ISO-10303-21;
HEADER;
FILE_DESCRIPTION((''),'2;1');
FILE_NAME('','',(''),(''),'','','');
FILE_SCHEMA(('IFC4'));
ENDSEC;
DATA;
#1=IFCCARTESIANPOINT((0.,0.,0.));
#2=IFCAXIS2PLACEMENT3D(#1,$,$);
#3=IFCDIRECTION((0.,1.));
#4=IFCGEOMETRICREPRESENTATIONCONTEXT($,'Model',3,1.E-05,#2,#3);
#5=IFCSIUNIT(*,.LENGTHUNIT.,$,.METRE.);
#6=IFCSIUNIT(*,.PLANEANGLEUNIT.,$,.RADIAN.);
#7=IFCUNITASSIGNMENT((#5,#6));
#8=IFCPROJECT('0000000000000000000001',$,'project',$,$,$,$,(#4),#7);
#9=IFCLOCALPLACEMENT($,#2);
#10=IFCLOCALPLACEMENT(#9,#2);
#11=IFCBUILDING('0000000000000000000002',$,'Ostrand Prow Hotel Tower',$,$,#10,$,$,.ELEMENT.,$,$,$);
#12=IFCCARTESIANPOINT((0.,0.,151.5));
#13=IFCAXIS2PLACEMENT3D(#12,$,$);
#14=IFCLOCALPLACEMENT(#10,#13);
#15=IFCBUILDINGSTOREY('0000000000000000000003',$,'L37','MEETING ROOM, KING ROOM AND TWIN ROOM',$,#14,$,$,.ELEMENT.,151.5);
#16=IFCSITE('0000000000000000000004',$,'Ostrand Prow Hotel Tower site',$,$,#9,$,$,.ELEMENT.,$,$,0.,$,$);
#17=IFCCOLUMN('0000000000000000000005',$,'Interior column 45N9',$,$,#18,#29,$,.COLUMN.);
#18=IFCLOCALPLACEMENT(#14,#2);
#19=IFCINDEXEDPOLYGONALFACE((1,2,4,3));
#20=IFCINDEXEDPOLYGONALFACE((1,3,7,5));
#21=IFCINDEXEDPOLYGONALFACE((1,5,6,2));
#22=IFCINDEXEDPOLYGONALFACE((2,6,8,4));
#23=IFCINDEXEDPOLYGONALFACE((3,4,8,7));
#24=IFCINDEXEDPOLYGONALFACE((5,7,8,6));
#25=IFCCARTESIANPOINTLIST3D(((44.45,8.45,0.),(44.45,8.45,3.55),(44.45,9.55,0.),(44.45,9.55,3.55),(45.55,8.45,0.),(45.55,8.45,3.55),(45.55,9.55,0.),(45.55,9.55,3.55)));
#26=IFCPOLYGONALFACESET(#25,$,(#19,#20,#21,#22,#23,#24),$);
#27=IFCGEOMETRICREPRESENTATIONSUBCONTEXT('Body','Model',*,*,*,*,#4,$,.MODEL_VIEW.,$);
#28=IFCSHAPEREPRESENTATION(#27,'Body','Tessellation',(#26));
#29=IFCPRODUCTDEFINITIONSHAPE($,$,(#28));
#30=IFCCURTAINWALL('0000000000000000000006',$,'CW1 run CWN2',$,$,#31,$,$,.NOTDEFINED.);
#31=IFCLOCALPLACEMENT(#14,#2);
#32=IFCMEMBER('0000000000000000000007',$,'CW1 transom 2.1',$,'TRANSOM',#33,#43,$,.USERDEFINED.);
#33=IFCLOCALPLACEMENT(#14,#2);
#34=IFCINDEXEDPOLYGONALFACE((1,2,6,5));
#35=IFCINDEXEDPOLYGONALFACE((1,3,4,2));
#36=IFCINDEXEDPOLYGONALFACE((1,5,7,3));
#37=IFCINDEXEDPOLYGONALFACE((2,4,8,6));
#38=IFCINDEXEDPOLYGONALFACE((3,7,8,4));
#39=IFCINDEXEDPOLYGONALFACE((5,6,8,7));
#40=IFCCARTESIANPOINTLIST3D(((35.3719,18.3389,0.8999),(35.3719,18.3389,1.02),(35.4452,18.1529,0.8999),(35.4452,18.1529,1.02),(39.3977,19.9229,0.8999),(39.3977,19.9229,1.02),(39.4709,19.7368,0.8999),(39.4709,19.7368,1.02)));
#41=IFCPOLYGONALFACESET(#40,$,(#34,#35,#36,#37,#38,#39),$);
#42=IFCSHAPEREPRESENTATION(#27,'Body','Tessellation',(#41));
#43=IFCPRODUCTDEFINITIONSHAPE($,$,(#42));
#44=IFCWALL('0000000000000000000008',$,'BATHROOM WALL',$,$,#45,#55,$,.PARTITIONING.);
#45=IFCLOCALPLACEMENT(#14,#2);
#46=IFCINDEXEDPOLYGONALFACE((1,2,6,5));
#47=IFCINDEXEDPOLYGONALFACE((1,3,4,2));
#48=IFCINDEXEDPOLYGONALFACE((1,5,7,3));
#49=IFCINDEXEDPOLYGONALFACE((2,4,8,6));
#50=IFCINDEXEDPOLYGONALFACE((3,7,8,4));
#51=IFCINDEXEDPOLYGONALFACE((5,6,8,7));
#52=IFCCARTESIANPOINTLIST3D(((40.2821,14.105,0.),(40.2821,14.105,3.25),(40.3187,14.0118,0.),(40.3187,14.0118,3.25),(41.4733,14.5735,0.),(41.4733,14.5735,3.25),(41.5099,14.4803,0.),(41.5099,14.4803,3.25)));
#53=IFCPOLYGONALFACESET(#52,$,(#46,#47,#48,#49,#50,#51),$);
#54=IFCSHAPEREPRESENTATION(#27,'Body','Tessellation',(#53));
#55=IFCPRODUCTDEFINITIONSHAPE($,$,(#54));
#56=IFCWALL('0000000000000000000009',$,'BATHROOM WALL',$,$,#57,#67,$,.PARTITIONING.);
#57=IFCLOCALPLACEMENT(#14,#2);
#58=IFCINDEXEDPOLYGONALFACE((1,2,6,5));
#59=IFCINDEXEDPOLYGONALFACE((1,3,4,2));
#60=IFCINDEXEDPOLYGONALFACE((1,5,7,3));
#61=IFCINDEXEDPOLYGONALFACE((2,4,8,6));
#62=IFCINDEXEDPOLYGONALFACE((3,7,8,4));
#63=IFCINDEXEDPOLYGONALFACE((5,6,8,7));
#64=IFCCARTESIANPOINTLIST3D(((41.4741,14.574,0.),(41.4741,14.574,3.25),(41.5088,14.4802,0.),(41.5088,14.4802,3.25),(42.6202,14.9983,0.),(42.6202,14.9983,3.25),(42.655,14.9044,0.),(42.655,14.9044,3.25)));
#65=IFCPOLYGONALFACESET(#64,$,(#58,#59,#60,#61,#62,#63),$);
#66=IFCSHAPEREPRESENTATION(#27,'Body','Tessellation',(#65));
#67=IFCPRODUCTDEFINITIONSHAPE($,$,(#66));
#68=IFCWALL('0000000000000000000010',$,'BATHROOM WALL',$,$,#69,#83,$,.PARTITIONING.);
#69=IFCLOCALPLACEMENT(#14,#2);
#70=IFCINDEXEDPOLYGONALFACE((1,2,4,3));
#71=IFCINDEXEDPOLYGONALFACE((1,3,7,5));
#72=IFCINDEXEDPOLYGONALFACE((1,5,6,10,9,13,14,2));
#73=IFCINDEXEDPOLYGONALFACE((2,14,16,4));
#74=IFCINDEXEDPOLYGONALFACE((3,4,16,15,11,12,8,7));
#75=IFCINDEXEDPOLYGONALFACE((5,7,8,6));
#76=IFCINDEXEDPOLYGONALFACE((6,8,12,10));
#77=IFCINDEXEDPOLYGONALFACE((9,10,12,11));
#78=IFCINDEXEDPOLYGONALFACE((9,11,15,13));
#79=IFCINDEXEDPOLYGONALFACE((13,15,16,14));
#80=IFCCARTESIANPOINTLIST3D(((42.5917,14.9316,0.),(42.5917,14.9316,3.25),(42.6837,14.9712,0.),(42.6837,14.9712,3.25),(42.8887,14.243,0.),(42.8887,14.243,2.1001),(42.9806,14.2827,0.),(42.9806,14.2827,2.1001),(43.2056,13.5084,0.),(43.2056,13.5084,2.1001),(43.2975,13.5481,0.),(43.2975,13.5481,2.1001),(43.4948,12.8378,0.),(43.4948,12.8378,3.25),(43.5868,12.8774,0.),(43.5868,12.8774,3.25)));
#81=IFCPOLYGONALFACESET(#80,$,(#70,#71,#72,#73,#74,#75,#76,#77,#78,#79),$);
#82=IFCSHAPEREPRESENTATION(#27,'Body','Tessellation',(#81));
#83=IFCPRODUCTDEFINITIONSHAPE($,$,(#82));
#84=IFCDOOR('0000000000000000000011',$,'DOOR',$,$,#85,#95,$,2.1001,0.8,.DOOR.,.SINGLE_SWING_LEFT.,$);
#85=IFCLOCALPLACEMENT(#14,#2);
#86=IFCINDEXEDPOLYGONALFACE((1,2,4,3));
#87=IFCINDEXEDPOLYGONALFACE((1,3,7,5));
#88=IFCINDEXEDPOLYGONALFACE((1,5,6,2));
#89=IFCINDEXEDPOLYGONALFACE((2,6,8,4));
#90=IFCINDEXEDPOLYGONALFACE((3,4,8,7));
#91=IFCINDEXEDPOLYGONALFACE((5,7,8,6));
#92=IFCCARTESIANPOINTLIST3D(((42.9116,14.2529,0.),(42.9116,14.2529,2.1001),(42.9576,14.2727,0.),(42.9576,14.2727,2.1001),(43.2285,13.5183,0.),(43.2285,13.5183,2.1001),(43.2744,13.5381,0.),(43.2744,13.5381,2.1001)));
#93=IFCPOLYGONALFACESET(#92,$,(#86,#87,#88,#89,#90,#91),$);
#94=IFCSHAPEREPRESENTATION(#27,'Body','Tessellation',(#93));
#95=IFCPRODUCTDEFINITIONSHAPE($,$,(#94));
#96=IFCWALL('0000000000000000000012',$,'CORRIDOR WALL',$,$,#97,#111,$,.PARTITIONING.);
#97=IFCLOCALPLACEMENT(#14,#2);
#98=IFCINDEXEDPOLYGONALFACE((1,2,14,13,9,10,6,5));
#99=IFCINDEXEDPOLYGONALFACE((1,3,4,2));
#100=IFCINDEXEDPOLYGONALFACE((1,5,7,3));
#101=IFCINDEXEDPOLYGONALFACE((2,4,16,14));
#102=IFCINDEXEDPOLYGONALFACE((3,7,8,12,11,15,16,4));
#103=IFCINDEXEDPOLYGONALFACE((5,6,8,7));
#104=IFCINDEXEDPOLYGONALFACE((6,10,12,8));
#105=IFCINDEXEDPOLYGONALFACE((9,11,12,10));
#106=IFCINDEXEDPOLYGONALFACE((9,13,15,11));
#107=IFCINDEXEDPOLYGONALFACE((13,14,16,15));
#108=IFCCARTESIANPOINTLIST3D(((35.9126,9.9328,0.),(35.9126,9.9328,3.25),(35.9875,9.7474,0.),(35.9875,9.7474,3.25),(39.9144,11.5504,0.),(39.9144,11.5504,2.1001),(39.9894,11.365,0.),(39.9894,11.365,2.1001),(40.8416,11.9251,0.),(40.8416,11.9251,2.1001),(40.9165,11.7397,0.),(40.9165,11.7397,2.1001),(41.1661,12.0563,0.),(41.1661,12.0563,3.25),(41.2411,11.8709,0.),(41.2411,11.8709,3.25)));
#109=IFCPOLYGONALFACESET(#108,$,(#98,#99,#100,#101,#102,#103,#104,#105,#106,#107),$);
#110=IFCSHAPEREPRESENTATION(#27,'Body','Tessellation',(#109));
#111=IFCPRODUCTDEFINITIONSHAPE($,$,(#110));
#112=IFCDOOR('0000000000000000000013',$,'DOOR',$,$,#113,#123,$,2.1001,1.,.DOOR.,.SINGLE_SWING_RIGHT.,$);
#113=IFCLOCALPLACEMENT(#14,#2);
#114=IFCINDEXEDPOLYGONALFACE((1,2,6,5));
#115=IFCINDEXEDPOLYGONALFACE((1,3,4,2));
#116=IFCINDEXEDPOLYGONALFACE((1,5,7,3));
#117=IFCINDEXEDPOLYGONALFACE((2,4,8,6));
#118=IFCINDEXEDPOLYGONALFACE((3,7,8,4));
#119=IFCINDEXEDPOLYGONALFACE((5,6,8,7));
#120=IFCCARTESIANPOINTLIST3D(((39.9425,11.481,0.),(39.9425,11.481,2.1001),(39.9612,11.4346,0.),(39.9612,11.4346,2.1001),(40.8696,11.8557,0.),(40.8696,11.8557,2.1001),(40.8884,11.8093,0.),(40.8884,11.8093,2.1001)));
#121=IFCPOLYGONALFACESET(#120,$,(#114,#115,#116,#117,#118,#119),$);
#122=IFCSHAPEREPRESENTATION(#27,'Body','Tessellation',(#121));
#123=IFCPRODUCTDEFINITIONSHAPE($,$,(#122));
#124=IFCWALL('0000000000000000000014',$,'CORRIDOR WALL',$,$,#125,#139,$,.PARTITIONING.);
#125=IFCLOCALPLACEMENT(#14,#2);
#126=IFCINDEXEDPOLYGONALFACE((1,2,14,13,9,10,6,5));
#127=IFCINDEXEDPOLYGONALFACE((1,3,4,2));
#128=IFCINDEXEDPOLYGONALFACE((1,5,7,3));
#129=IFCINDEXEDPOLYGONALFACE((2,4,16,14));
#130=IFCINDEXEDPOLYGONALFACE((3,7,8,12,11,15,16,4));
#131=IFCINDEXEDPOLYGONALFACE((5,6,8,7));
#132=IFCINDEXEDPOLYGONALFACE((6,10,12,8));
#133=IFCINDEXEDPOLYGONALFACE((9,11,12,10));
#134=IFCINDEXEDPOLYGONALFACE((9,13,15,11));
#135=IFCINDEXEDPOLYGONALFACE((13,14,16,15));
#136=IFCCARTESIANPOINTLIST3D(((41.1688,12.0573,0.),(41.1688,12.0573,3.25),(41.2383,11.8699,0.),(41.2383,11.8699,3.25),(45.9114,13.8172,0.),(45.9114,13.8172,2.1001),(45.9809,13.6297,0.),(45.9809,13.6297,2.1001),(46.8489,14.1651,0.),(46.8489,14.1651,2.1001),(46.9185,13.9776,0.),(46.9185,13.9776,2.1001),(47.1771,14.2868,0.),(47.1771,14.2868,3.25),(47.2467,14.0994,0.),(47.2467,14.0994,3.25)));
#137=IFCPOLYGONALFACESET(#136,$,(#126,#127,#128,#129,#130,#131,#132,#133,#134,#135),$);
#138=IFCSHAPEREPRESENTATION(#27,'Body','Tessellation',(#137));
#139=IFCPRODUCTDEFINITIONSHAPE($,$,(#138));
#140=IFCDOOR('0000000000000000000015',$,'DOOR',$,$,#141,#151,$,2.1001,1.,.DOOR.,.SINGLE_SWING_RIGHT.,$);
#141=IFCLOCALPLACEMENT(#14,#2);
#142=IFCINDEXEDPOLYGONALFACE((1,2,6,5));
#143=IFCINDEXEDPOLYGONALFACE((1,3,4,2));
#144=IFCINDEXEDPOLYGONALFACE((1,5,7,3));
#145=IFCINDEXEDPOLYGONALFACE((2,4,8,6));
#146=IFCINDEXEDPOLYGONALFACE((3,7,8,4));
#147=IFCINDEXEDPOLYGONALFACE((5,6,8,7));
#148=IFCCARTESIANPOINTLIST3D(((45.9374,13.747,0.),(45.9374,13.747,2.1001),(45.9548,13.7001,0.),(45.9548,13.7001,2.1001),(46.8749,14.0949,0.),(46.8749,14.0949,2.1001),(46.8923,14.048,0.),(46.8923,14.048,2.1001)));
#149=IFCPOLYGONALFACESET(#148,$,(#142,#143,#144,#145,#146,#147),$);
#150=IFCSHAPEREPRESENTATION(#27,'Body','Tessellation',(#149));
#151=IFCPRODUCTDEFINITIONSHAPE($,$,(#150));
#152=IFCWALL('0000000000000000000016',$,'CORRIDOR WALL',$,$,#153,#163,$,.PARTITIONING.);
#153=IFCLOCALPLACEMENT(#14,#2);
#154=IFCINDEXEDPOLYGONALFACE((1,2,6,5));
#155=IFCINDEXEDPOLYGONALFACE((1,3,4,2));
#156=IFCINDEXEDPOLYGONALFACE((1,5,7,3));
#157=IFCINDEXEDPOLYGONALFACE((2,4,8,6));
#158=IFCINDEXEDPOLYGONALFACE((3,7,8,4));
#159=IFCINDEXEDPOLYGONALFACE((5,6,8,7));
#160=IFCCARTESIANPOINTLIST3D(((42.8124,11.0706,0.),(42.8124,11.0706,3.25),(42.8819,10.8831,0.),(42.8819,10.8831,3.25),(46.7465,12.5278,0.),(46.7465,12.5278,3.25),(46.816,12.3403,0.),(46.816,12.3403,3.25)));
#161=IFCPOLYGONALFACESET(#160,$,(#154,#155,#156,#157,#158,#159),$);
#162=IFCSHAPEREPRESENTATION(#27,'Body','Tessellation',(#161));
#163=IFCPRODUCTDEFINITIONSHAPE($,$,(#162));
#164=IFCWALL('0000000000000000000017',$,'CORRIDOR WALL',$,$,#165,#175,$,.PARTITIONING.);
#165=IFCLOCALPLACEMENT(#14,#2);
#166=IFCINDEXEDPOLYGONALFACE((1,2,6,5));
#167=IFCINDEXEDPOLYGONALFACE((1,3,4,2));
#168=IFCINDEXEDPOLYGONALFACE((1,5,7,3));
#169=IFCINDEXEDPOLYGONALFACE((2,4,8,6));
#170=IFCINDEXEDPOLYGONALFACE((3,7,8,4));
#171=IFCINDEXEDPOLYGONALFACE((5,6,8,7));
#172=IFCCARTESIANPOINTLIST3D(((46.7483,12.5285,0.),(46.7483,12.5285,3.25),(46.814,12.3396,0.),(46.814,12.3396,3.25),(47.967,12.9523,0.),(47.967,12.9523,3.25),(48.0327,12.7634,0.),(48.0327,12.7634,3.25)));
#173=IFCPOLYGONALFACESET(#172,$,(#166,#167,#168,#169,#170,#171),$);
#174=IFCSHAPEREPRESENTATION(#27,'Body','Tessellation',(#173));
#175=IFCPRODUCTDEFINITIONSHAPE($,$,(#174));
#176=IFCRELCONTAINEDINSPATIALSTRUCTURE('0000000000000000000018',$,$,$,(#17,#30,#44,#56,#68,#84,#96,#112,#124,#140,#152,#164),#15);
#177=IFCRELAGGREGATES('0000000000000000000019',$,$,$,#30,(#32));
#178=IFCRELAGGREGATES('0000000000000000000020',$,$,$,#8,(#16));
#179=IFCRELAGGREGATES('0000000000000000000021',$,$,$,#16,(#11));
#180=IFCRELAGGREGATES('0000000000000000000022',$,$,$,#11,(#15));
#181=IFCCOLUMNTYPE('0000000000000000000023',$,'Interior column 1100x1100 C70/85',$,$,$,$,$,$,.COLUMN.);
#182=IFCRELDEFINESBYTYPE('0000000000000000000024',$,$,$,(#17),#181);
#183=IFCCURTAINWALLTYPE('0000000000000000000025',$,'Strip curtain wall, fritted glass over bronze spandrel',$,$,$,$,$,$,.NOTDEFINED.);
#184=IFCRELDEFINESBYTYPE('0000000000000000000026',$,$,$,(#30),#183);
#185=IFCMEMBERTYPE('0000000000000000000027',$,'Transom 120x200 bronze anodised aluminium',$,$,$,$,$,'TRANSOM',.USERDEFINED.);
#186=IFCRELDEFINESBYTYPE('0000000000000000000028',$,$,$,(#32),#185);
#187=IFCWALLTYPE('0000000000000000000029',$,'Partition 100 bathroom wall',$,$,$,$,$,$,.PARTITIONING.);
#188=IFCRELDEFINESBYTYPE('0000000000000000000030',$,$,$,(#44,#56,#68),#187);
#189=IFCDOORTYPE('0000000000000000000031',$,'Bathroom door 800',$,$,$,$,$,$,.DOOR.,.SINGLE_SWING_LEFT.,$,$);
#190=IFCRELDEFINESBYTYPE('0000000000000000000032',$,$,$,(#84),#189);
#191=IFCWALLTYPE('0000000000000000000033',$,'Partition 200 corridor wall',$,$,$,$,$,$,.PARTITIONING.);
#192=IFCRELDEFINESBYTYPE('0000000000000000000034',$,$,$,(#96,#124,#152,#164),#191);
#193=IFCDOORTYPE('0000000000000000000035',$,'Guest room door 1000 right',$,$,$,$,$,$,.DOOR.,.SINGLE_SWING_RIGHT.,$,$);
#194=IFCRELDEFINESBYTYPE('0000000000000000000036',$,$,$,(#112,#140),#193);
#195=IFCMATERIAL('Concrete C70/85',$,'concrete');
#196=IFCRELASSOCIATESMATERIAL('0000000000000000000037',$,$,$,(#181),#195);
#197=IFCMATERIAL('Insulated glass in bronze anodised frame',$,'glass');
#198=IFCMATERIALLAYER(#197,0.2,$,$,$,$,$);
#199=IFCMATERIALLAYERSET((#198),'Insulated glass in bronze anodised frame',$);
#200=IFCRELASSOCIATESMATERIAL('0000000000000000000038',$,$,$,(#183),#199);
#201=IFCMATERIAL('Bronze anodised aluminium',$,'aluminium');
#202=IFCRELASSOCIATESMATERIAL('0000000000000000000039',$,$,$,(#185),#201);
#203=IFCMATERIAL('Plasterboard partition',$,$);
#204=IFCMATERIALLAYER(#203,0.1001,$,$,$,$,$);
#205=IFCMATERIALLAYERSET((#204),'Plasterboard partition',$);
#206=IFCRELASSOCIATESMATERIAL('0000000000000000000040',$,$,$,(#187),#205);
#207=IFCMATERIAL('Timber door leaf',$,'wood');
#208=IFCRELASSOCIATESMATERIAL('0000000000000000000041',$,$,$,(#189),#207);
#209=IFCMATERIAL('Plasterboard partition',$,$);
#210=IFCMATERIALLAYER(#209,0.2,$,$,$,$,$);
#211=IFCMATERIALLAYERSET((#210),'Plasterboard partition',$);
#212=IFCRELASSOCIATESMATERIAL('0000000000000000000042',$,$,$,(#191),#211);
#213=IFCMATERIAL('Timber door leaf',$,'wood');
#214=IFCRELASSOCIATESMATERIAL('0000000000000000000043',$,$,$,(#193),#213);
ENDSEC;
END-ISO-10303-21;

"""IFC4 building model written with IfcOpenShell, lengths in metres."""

from ifc_helpers import new_model, si_unit, direction, frame, frame_2d, origin, origin_2d, place, context, subcontext, project, spatial, rectangle, extrude, material, layer, layer_set, material_profile, profile_set, type_object, element, fill, aggregate, save


model = new_model("IFC4")

# Units and contexts
model_context = context("Model", 3, precision=1e-05, world=origin(), true_north=direction((0.0, 1.0)))
body_context = subcontext(model_context, "Body", "Model", "MODEL_VIEW")
ifc_project = project(units=[si_unit("LENGTHUNIT", "METRE"), si_unit("PLANEANGLEUNIT", "RADIAN")], contexts=[model_context])

# Site, building, storey
site_placement = place(None, origin())
site = spatial("IfcSite", under=ifc_project, at=site_placement, Name="Ostrand Prow Hotel Tower site", CompositionType="ELEMENT", RefElevation=0.0)
building_placement = place(site_placement, origin())
building = spatial("IfcBuilding", under=site, at=building_placement, Name="Ostrand Prow Hotel Tower", CompositionType="ELEMENT")
storey_placement = place(building_placement, frame((0.0, 0.0, 151.5)))
storey = spatial("IfcBuildingStorey", under=building, at=storey_placement, Name="L37", Description="MEETING ROOM, KING ROOM AND TWIN ROOM", CompositionType="ELEMENT", Elevation=151.5)

# Column
ifc_material_1 = material(Name="Concrete C70/85", Category="concrete")
ifc_material_profile_1 = material_profile(ifc_material_1, rectangle(XDim=1.1001, YDim=1.1001, at=origin_2d()), Name="RC 1100x1100")
ifc_profile_set_1 = profile_set([ifc_material_profile_1], Name="Concrete C70/85")
column_type = type_object("IfcColumnType", Name="Interior column 1100x1100 C70/85", PredefinedType="COLUMN", material=ifc_profile_set_1)
column_placement = place(storey_placement, frame((45.0, 9.0, 0.0), z_axis=(0.0, 0.0, 1.0), x_axis=(1.0, 0.0, 0.0)))
element("IfcColumn", 1, at=column_placement, inside=storey, type_object=column_type, Name="Interior column 45N9", PredefinedType="COLUMN", context=body_context, shape_type="SweptSolid", body=[
    extrude(rectangle(XDim=1.1001, YDim=1.1001, at=origin_2d()), origin(), (0.0, 0.0, 1.0), 3.55),
])

# Curtain wall, member
ifc_material_2 = material(Name="Insulated glass in bronze anodised frame", Category="glass")
ifc_layer_1 = layer(ifc_material_2, 0.2)
ifc_layer_set_1 = layer_set([ifc_layer_1], Name="Insulated glass in bronze anodised frame")
curtain_wall_type = type_object("IfcCurtainWallType", Name="Strip curtain wall, fritted glass over bronze spandrel", PredefinedType="NOTDEFINED", material=ifc_layer_set_1)
curtain_wall_placement = place(storey_placement, origin())
curtain_wall = element("IfcCurtainWall", 2, at=curtain_wall_placement, inside=storey, type_object=curtain_wall_type, Name="CW1 run CWN2", PredefinedType="NOTDEFINED")
ifc_material_3 = material(Name="Bronze anodised aluminium", Category="aluminium")
ifc_material_profile_2 = material_profile(ifc_material_3, rectangle(XDim=0.2, YDim=0.1201, at=origin_2d()), Name="Transom 120x200 bronze anodised aluminium")
ifc_profile_set_2 = profile_set([ifc_material_profile_2], Name="Bronze anodised aluminium")
member_type = type_object("IfcMemberType", Name="Transom 120x200 bronze anodised aluminium", ElementType="TRANSOM", PredefinedType="USERDEFINED", material=ifc_profile_set_2)
member_placement = place(storey_placement, frame((39.4343, 19.8298, 0.96), z_axis=(-0.930563, -0.366131, 0.0), x_axis=(0.366131, -0.930563, 0.0)))
member = element("IfcMember", 3, at=member_placement, type_object=member_type, Name="CW1 transom 2.1", ObjectType="TRANSOM", PredefinedType="USERDEFINED", context=body_context, shape_type="SweptSolid", body=[
    extrude(rectangle(XDim=0.2, YDim=0.1201, at=origin_2d()), origin(), (0.0, 0.0, 1.0), 4.3262),
])
aggregate(curtain_wall, [member])

# Walls
ifc_material_4 = material(Name="Plasterboard partition")
ifc_layer_2 = layer(ifc_material_4, 0.1001)
ifc_layer_set_2 = layer_set([ifc_layer_2], Name="Plasterboard partition")
wall_type_1 = type_object("IfcWallType", Name="Partition 100 bathroom wall", PredefinedType="PARTITIONING", material=ifc_layer_set_2)
wall_1_placement = place(storey_placement, frame((40.3003, 14.0583, 0.0), z_axis=(0.0, 0.0, 1.0), x_axis=(0.930605, 0.366024, 0.0)))
element("IfcWall", 4, at=wall_1_placement, inside=storey, type_object=wall_type_1, Name="BATHROOM WALL", PredefinedType="PARTITIONING", context=body_context, shape_type="SweptSolid", body=[
    extrude(rectangle(XDim=1.28, YDim=0.1001, at=frame_2d((0.6401, 0.0))), origin(), (0.0, 0.0, 1.0), 3.25),
])
wall_2_placement = place(storey_placement, frame((41.4915, 14.5271, 0.0), z_axis=(0.0, 0.0, 1.0), x_axis=(0.937807, 0.347158, 0.0)))
element("IfcWall", 5, at=wall_2_placement, inside=storey, type_object=wall_type_1, Name="BATHROOM WALL", PredefinedType="PARTITIONING", context=body_context, shape_type="SweptSolid", body=[
    extrude(rectangle(XDim=1.2222, YDim=0.1001, at=frame_2d((0.6111, 0.0))), origin(), (0.0, 0.0, 1.0), 3.25),
])

# Walls, openings, doors
wall_3_placement = place(storey_placement, frame((42.6377, 14.9514, 0.0), z_axis=(0.0, 0.0, 1.0), x_axis=(0.39605, -0.918229, 0.0)))
wall_3 = element("IfcWall", 6, at=wall_3_placement, inside=storey, type_object=wall_type_1, Name="BATHROOM WALL", PredefinedType="PARTITIONING", context=body_context, shape_type="SweptSolid", body=[
    extrude(rectangle(XDim=2.2803, YDim=0.1001, at=frame_2d((1.1401, 0.0))), origin(), (0.0, 0.0, 1.0), 3.25),
])
opening_1_placement = place(wall_3_placement, frame((0.75, 0.0, 0.0)))
opening_1 = element("IfcOpeningElement", 7, at=opening_1_placement, cuts=wall_3, PredefinedType="OPENING", context=body_context, shape_type="SweptSolid", body=[
    extrude(rectangle(XDim=0.8, YDim=2.1001, at=frame_2d((0.3999, 1.05))), frame((0.0, 0.0601, 0.0), z_axis=(0.0, -1.0, 0.0), x_axis=(1.0, 0.0, 0.0)), (0.0, 0.0, 1.0), 0.1201),
])
ifc_material_5 = material(Name="Timber door leaf", Category="wood")
door_type_1 = type_object("IfcDoorType", Name="Bathroom door 800", OperationType="SINGLE_SWING_LEFT", PredefinedType="DOOR", material=ifc_material_5)
door_1_placement = place(opening_1_placement, origin())
door_1 = element("IfcDoor", 8, at=door_1_placement, inside=storey, type_object=door_type_1, Name="DOOR", OperationType="SINGLE_SWING_LEFT", OverallHeight=2.1001, OverallWidth=0.8, PredefinedType="DOOR", context=body_context, shape_type="SweptSolid", body=[
    extrude(rectangle(XDim=0.8, YDim=2.1001, at=frame_2d((0.3999, 1.05))), frame((0.0, 0.0249, 0.0), z_axis=(0.0, -1.0, 0.0), x_axis=(1.0, 0.0, 0.0)), (0.0, 0.0, 1.0), 0.05),
])
fill(opening_1, door_1)
ifc_material_6 = material(Name="Plasterboard partition")
ifc_layer_3 = layer(ifc_material_6, 0.2)
ifc_layer_set_3 = layer_set([ifc_layer_3], Name="Plasterboard partition")
wall_type_2 = type_object("IfcWallType", Name="Partition 200 corridor wall", PredefinedType="PARTITIONING", material=ifc_layer_set_3)
wall_4_placement = place(storey_placement, frame((41.2036, 11.9636, 0.0), z_axis=(0.0, 0.0, 1.0), x_axis=(-0.927128, -0.374746, 0.0)))
wall_4 = element("IfcWall", 9, at=wall_4_placement, inside=storey, type_object=wall_type_2, Name="CORRIDOR WALL", PredefinedType="PARTITIONING", context=body_context, shape_type="SweptSolid", body=[
    extrude(rectangle(XDim=5.6665, YDim=0.2, at=frame_2d((2.8333, 0.0))), origin(), (0.0, 0.0, 1.0), 3.25),
])
opening_2_placement = place(wall_4_placement, frame((0.3501, 0.0, 0.0)))
opening_2 = element("IfcOpeningElement", 10, at=opening_2_placement, cuts=wall_4, PredefinedType="OPENING", context=body_context, shape_type="SweptSolid", body=[
    extrude(rectangle(XDim=1.0, YDim=2.1001, at=frame_2d((0.5, 1.05))), frame((0.0, 0.1099, 0.0), z_axis=(0.0, -1.0, 0.0), x_axis=(1.0, 0.0, 0.0)), (0.0, 0.0, 1.0), 0.22),
])
ifc_material_7 = material(Name="Timber door leaf", Category="wood")
door_type_2 = type_object("IfcDoorType", Name="Guest room door 1000 right", OperationType="SINGLE_SWING_RIGHT", PredefinedType="DOOR", material=ifc_material_7)
door_2_placement = place(opening_2_placement, origin())
door_2 = element("IfcDoor", 11, at=door_2_placement, inside=storey, type_object=door_type_2, Name="DOOR", OperationType="SINGLE_SWING_RIGHT", OverallHeight=2.1001, OverallWidth=1.0, PredefinedType="DOOR", context=body_context, shape_type="SweptSolid", body=[
    extrude(rectangle(XDim=1.0, YDim=2.1001, at=frame_2d((0.5, 1.05))), frame((0.0, 0.0249, 0.0), z_axis=(0.0, -1.0, 0.0), x_axis=(1.0, 0.0, 0.0)), (0.0, 0.0, 1.0), 0.05),
])
fill(opening_2, door_2)
wall_5_placement = place(storey_placement, frame((47.2119, 14.1931, 0.0), z_axis=(0.0, 0.0, 1.0), x_axis=(-0.937535, -0.34789, 0.0)))
wall_5 = element("IfcWall", 12, at=wall_5_placement, inside=storey, type_object=wall_type_2, Name="CORRIDOR WALL", PredefinedType="PARTITIONING", context=body_context, shape_type="SweptSolid", body=[
    extrude(rectangle(XDim=6.4087, YDim=0.2, at=frame_2d((3.2043, 0.0))), origin(), (0.0, 0.0, 1.0), 3.25),
])
opening_3_placement = place(wall_5_placement, frame((0.3501, 0.0, 0.0)))
opening_3 = element("IfcOpeningElement", 13, at=opening_3_placement, cuts=wall_5, PredefinedType="OPENING", context=body_context, shape_type="SweptSolid", body=[
    extrude(rectangle(XDim=1.0, YDim=2.1001, at=frame_2d((0.5, 1.05))), frame((0.0, 0.1099, 0.0), z_axis=(0.0, -1.0, 0.0), x_axis=(1.0, 0.0, 0.0)), (0.0, 0.0, 1.0), 0.22),
])
door_3_placement = place(opening_3_placement, origin())
door_3 = element("IfcDoor", 14, at=door_3_placement, inside=storey, type_object=door_type_2, Name="DOOR", OperationType="SINGLE_SWING_RIGHT", OverallHeight=2.1001, OverallWidth=1.0, PredefinedType="DOOR", context=body_context, shape_type="SweptSolid", body=[
    extrude(rectangle(XDim=1.0, YDim=2.1001, at=frame_2d((0.5, 1.05))), frame((0.0, 0.0249, 0.0), z_axis=(0.0, -1.0, 0.0), x_axis=(1.0, 0.0, 0.0)), (0.0, 0.0, 1.0), 0.05),
])
fill(opening_3, door_3)

# Walls
wall_6_placement = place(storey_placement, frame((42.8472, 10.9768, 0.0), z_axis=(0.0, 0.0, 1.0), x_axis=(0.937733, 0.347358, 0.0)))
element("IfcWall", 15, at=wall_6_placement, inside=storey, type_object=wall_type_2, Name="CORRIDOR WALL", PredefinedType="PARTITIONING", context=body_context, shape_type="SweptSolid", body=[
    extrude(rectangle(XDim=4.1953, YDim=0.2, at=frame_2d((2.0977, 0.0))), origin(), (0.0, 0.0, 1.0), 3.25),
])
wall_7_placement = place(storey_placement, frame((46.7812, 12.4341, 0.0), z_axis=(0.0, 0.0, 1.0), x_axis=(0.944517, 0.328462, 0.0)))
element("IfcWall", 16, at=wall_7_placement, inside=storey, type_object=wall_type_2, Name="CORRIDOR WALL", PredefinedType="PARTITIONING", context=body_context, shape_type="SweptSolid", body=[
    extrude(rectangle(XDim=1.2903, YDim=0.2, at=frame_2d((0.645, 0.0))), origin(), (0.0, 0.0, 1.0), 3.25),
])

save(model, "model.ifc")
